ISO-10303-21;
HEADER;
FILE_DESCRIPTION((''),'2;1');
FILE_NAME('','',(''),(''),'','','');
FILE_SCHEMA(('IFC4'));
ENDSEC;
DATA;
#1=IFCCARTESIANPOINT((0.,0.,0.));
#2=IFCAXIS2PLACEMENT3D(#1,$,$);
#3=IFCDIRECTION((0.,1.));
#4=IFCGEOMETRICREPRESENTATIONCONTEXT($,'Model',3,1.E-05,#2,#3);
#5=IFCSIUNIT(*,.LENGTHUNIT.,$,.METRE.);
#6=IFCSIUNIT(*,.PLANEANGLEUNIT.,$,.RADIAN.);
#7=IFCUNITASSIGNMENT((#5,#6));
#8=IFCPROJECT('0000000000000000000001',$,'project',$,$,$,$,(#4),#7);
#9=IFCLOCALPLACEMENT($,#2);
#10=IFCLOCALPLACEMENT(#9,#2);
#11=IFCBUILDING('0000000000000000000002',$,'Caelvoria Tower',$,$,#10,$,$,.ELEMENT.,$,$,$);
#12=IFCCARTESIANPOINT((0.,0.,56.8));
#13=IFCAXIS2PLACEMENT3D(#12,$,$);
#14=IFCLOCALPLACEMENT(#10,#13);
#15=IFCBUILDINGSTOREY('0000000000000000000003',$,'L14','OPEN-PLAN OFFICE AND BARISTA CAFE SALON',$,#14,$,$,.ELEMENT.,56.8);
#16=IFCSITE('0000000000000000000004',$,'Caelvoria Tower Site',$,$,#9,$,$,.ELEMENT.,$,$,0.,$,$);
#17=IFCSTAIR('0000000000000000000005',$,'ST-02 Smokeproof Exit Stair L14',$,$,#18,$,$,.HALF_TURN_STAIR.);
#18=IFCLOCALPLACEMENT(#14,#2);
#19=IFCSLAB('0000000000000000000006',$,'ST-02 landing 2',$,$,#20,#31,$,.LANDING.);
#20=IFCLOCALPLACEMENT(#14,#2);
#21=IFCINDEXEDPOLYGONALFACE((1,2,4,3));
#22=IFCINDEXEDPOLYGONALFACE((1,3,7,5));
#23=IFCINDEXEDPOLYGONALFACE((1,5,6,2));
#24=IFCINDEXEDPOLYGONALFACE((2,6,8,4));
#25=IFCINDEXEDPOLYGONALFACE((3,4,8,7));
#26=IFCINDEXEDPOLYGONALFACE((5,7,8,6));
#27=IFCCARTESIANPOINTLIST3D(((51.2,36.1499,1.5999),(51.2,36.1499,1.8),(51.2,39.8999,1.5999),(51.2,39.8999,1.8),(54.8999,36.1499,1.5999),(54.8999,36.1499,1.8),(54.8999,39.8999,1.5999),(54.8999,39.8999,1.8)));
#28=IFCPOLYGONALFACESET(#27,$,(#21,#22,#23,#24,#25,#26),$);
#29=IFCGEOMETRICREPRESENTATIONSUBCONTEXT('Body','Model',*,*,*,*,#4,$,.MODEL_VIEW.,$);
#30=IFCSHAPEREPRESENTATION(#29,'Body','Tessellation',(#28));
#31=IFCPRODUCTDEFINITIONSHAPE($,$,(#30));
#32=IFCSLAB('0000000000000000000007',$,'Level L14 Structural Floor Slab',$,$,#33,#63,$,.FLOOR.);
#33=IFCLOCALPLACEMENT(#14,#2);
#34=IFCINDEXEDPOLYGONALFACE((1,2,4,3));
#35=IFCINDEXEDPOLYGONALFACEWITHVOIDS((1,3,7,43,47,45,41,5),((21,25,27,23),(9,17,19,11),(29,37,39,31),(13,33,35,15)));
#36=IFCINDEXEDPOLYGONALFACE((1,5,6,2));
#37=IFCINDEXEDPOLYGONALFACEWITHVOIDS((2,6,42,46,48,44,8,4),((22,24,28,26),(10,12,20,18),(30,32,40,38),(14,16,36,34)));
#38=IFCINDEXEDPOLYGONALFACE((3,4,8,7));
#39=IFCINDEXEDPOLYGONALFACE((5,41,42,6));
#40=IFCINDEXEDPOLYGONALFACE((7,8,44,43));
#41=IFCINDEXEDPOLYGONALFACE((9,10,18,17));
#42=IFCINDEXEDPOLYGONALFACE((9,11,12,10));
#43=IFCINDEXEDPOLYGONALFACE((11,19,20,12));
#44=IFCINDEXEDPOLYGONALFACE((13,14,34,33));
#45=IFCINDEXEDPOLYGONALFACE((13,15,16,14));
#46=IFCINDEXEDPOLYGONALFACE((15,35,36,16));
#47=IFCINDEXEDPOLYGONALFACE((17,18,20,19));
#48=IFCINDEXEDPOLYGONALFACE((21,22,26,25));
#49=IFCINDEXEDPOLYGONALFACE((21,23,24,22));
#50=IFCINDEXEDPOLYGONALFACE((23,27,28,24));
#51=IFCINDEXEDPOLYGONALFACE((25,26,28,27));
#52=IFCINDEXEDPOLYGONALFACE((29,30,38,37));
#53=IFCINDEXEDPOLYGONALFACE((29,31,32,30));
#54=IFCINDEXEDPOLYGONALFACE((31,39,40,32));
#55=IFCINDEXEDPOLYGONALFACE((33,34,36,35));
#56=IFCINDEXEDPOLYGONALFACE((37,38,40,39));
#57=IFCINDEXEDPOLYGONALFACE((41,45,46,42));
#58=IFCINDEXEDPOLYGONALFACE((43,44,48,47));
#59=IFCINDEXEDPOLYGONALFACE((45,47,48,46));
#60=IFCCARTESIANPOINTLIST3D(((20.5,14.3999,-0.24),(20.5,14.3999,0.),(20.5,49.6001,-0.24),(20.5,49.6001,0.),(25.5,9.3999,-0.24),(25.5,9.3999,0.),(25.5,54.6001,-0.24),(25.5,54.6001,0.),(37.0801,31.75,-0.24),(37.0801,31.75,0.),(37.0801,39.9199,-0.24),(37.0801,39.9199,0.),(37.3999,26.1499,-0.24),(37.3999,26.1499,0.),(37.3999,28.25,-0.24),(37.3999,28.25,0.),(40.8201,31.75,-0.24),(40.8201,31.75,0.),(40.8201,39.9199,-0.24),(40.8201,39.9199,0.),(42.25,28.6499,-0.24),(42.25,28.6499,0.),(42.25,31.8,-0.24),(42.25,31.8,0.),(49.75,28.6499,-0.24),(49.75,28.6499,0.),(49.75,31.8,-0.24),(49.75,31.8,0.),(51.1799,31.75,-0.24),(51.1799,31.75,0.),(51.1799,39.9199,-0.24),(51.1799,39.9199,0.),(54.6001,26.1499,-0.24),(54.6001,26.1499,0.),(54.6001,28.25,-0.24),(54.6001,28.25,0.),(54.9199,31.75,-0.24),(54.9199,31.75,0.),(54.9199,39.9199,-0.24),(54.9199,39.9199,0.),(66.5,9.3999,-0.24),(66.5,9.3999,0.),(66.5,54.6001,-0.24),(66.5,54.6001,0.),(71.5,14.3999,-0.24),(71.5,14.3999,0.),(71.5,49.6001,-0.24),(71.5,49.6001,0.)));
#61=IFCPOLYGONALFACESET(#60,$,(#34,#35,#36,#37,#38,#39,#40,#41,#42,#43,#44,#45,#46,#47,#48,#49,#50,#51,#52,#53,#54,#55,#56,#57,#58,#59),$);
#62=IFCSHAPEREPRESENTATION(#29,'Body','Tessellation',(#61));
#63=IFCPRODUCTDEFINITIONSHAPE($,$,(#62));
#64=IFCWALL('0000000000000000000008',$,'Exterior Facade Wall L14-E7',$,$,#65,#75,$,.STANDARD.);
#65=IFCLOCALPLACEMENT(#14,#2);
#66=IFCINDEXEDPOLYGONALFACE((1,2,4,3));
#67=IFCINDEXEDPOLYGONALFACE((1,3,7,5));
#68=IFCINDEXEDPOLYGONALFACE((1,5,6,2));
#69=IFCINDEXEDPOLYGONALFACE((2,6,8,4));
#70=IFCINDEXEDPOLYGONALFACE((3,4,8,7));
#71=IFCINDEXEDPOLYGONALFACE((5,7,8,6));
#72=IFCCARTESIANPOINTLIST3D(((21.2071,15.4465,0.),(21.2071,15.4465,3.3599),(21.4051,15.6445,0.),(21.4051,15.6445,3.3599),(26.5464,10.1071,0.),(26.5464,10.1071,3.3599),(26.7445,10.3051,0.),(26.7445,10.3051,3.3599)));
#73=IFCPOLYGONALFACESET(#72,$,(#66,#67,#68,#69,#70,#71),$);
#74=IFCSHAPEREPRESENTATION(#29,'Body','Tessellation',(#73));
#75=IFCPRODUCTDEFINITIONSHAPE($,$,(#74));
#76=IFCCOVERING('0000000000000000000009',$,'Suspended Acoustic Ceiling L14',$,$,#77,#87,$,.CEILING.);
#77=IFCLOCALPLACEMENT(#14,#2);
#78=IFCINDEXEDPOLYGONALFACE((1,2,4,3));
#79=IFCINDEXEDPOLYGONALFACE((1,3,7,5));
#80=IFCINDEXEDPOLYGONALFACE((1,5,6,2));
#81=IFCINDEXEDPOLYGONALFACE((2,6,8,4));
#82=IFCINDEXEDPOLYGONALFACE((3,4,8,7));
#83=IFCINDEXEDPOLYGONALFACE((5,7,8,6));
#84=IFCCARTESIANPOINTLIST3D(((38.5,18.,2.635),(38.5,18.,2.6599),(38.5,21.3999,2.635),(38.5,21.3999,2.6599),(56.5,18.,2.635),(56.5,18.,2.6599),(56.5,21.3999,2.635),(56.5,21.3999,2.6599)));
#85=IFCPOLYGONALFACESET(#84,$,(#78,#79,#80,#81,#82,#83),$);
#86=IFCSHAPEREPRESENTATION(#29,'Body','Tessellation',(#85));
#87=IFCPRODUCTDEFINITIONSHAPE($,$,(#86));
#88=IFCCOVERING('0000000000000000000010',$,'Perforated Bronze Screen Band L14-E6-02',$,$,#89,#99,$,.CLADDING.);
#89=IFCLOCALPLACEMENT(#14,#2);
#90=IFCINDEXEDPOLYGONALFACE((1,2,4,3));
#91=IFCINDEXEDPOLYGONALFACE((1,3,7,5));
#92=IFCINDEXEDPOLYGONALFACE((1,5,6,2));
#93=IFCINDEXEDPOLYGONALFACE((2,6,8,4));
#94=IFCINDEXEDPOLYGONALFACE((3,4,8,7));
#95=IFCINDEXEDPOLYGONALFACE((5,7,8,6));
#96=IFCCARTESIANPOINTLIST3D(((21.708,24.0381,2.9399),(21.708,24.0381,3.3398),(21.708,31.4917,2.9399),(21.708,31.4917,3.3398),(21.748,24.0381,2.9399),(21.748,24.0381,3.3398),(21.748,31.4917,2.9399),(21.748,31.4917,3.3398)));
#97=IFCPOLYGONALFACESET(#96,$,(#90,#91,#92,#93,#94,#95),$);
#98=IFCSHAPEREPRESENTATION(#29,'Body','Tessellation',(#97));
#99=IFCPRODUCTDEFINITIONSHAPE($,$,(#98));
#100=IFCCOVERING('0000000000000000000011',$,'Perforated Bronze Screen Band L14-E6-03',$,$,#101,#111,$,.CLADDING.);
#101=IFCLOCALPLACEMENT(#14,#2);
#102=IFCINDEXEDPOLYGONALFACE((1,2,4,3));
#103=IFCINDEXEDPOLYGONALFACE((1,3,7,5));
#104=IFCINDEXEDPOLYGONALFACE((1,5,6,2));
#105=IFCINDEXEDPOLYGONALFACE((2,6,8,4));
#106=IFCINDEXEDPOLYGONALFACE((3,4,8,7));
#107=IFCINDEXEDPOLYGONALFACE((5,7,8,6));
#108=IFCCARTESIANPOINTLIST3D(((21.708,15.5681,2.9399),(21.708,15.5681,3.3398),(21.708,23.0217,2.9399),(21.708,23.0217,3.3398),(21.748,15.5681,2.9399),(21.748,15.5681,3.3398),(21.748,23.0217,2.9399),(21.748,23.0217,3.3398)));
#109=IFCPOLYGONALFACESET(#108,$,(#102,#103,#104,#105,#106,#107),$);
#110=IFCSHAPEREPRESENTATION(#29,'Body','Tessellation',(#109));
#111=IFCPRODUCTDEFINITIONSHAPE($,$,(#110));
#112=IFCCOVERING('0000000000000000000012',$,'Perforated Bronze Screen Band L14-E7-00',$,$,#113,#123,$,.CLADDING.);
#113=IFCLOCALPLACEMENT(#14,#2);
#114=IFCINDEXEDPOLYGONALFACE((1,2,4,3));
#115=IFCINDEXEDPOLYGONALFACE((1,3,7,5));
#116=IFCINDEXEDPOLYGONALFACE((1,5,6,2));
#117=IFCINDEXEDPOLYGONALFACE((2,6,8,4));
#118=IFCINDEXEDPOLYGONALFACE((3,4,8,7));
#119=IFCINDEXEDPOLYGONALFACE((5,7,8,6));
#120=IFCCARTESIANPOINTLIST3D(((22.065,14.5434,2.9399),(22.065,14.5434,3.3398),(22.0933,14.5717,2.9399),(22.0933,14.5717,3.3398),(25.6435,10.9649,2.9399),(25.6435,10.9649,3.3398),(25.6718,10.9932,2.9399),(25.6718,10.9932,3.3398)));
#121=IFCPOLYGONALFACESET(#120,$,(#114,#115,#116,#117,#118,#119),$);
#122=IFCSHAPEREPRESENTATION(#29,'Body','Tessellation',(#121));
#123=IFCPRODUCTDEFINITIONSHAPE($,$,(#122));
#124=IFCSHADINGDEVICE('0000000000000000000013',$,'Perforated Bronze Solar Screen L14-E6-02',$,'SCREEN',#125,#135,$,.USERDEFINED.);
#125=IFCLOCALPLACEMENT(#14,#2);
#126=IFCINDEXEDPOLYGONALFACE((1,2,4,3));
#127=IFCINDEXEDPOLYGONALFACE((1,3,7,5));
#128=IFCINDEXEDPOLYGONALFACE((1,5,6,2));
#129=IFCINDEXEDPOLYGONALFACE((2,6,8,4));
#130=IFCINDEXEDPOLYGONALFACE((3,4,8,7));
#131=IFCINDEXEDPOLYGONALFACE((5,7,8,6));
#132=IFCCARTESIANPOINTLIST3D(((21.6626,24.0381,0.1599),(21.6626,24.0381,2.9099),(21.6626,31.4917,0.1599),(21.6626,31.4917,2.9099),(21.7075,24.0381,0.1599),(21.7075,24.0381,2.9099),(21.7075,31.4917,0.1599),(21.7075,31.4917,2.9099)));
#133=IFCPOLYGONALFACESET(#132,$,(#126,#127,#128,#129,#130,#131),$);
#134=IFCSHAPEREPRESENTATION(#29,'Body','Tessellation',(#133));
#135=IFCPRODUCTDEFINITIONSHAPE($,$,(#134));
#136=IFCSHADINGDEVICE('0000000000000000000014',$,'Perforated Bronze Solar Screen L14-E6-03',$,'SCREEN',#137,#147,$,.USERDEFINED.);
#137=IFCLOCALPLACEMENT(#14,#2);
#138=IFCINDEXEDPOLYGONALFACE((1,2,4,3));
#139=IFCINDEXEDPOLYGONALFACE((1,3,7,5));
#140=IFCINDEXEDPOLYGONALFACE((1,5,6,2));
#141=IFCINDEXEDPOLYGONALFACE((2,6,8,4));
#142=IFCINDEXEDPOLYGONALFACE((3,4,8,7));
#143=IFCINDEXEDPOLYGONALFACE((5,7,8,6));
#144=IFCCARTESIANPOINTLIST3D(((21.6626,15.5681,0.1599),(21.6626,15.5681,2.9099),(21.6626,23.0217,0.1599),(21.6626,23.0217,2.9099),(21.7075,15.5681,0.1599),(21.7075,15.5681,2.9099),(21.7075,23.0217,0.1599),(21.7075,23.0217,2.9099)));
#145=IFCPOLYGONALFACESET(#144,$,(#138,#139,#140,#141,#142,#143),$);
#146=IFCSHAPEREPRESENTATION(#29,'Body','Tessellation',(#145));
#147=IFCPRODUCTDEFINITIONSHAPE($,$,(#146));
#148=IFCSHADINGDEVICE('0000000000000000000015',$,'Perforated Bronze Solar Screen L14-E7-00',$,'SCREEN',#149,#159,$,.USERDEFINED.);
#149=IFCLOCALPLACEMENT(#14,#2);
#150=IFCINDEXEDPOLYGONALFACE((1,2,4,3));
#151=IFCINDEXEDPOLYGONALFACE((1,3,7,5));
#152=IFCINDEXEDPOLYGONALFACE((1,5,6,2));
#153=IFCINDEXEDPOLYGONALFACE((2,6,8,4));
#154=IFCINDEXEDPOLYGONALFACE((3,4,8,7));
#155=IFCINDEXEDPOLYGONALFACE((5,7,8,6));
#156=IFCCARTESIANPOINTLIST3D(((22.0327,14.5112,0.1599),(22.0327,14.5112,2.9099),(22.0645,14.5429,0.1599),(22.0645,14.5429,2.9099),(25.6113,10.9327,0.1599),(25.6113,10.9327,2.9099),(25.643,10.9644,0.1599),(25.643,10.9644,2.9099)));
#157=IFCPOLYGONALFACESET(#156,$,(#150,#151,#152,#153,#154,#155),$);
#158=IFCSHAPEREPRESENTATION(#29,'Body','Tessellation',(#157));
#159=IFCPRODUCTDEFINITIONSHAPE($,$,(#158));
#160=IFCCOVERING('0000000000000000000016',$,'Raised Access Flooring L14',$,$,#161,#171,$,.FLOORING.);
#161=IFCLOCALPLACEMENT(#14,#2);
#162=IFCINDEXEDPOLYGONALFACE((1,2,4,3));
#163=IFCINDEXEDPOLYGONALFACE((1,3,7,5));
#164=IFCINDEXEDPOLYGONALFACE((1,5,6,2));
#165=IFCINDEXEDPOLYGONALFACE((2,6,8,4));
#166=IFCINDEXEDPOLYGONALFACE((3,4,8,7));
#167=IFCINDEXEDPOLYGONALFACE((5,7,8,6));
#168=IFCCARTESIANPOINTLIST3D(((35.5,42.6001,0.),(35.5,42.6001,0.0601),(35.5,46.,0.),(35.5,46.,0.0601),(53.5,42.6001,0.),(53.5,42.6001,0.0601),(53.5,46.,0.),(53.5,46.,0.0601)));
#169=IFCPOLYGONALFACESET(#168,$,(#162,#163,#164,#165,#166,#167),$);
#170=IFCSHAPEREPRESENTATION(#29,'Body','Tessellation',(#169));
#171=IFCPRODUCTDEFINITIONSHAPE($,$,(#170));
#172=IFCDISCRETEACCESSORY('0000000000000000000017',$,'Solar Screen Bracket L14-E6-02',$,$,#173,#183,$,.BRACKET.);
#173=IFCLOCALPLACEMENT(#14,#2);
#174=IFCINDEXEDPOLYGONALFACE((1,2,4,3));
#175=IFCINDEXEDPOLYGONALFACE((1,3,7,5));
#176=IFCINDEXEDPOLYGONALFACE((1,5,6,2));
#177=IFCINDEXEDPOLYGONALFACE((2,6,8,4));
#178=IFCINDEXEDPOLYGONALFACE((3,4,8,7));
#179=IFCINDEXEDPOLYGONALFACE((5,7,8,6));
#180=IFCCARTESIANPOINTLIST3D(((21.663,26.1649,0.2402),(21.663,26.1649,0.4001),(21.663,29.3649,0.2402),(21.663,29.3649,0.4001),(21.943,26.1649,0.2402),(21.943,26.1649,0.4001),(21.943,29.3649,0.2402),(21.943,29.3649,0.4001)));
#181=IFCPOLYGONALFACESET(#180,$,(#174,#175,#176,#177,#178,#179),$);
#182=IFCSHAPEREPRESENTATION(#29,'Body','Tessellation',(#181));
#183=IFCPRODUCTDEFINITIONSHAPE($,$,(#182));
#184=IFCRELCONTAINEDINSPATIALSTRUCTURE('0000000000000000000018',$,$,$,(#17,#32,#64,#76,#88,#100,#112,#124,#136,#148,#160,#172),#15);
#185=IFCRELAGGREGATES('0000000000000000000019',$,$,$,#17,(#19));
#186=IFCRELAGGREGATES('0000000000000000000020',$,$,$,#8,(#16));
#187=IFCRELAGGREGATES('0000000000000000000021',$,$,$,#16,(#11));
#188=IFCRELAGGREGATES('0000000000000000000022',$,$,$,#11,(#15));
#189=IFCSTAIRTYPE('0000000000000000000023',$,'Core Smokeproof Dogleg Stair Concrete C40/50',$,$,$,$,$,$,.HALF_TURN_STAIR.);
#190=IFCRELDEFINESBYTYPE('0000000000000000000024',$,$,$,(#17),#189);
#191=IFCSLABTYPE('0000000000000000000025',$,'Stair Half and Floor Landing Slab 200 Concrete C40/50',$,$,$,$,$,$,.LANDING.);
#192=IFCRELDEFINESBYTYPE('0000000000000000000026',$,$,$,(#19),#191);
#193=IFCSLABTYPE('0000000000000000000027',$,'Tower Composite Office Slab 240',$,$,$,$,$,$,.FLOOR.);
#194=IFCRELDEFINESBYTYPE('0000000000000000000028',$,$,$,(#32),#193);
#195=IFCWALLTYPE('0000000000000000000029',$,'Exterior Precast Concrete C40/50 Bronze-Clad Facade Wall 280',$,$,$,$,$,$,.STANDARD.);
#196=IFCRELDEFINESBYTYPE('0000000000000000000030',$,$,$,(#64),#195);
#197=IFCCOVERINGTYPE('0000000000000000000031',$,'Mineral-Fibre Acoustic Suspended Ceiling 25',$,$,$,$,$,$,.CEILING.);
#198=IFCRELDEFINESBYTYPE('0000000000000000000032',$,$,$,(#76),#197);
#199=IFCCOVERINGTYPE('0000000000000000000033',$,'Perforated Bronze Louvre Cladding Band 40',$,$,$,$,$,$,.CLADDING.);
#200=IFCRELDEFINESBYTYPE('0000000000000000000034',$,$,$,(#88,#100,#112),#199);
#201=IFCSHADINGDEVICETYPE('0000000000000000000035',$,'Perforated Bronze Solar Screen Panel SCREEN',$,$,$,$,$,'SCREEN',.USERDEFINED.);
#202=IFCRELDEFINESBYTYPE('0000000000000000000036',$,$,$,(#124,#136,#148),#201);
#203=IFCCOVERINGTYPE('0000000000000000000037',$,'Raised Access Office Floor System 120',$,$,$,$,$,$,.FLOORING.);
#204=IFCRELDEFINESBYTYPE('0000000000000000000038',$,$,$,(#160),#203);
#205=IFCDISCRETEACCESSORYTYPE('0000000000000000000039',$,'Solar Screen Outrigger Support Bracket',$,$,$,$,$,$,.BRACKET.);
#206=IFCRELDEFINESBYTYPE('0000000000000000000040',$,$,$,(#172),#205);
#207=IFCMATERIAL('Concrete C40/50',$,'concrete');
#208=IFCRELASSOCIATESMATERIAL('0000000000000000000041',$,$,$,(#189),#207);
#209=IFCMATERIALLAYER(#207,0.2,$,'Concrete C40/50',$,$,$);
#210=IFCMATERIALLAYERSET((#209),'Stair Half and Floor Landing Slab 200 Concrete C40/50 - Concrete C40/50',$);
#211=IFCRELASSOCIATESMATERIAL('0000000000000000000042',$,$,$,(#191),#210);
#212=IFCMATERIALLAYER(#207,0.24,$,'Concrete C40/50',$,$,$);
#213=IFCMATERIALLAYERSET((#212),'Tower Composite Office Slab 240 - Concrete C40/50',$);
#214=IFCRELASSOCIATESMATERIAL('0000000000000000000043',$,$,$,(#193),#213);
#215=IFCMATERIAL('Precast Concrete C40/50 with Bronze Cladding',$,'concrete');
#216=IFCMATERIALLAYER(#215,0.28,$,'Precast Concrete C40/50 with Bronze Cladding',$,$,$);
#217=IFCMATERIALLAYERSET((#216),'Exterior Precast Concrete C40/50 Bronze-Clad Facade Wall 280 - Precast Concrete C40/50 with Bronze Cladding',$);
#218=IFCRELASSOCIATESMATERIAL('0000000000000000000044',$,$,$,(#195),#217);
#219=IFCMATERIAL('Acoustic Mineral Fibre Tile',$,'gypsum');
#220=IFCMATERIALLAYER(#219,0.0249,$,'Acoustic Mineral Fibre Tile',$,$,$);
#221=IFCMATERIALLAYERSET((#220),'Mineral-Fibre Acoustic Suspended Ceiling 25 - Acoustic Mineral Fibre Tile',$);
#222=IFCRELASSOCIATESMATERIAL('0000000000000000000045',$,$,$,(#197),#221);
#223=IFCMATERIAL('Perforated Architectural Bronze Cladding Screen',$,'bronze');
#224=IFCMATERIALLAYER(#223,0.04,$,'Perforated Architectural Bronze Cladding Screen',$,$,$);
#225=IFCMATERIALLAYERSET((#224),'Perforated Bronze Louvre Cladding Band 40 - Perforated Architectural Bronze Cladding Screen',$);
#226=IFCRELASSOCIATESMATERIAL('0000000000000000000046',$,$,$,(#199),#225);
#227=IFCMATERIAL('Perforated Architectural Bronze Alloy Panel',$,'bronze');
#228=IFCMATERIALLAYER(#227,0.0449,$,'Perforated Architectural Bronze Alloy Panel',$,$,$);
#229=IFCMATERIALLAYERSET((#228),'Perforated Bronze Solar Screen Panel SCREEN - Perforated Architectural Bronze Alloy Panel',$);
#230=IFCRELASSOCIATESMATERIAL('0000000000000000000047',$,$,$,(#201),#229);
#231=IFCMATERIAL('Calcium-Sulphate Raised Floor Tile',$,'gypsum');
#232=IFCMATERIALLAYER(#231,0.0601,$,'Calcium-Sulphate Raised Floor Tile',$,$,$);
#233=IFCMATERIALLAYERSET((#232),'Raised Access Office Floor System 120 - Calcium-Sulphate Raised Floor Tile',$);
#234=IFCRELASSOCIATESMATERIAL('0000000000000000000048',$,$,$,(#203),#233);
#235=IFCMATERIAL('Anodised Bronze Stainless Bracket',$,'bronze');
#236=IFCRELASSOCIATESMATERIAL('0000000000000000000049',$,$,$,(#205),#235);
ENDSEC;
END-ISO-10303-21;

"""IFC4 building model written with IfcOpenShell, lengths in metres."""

from ifc_helpers import new_model, si_unit, direction, frame, frame_2d, origin, origin_2d, place, context, subcontext, project, spatial, polyline, rectangle, outline, extrude, material, layer, layer_set, type_object, element, aggregate, save


model = new_model("IFC4")

# Units and contexts
model_context = context("Model", 3, precision=1e-05, world=origin(), true_north=direction((0.0, 1.0)))
body_context = subcontext(model_context, "Body", "Model", "MODEL_VIEW")
ifc_project = project(units=[si_unit("LENGTHUNIT", "METRE"), si_unit("PLANEANGLEUNIT", "RADIAN")], contexts=[model_context])

# Site, building, storey
site_placement = place(None, origin())
site = spatial("IfcSite", under=ifc_project, at=site_placement, Name="Caelvoria Tower Site", CompositionType="ELEMENT", RefElevation=0.0)
building_placement = place(site_placement, origin())
building = spatial("IfcBuilding", under=site, at=building_placement, Name="Caelvoria Tower", CompositionType="ELEMENT")
storey_placement = place(building_placement, frame((0.0, 0.0, 56.8)))
storey = spatial("IfcBuildingStorey", under=building, at=storey_placement, Name="L14", Description="OPEN-PLAN OFFICE AND BARISTA CAFE SALON", CompositionType="ELEMENT", Elevation=56.8)

# Stair, slab
ifc_material_1 = material(Name="Concrete C40/50", Category="concrete")
stair_type = type_object("IfcStairType", Name="Core Smokeproof Dogleg Stair Concrete C40/50", PredefinedType="HALF_TURN_STAIR", material=ifc_material_1)
ifc_layer_1 = layer(ifc_material_1, 0.2, Name="Concrete C40/50")
ifc_layer_set_1 = layer_set([ifc_layer_1], Name="Stair Half and Floor Landing Slab 200 Concrete C40/50 - Concrete C40/50")
slab_type_1 = type_object("IfcSlabType", Name="Stair Half and Floor Landing Slab 200 Concrete C40/50", PredefinedType="LANDING", material=ifc_layer_set_1)
stair_1_placement = place(storey_placement, origin())
stair_1 = element("IfcStair", 1, at=stair_1_placement, inside=storey, type_object=stair_type, Name="ST-02 Smokeproof Exit Stair L14", PredefinedType="HALF_TURN_STAIR")
slab_1_placement = place(storey_placement, frame((0.0, 0.0, 1.5999)))
slab_1 = element("IfcSlab", 2, at=slab_1_placement, type_object=slab_type_1, Name="ST-02 landing 2", PredefinedType="LANDING", context=body_context, shape_type="SweptSolid", body=[
    extrude(outline(polyline([(51.2, 36.1499), (54.8999, 36.1499), (54.8999, 39.8999), (51.2, 39.8999), (51.2, 36.1499)])), origin(), (0.0, 0.0, 1.0), 0.2002),
])
aggregate(stair_1, [slab_1])

# Slab
ifc_layer_2 = layer(ifc_material_1, 0.24, Name="Concrete C40/50")
ifc_layer_set_2 = layer_set([ifc_layer_2], Name="Tower Composite Office Slab 240 - Concrete C40/50")
slab_type_2 = type_object("IfcSlabType", Name="Tower Composite Office Slab 240", PredefinedType="FLOOR", material=ifc_layer_set_2)
slab_2_placement = place(storey_placement, frame((0.0, 0.0, -0.24)))
element("IfcSlab", 3, at=slab_2_placement, inside=storey, type_object=slab_type_2, Name="Level L14 Structural Floor Slab", PredefinedType="FLOOR", context=body_context, shape_type="SweptSolid", body=[
    extrude(outline(polyline([(25.5, 9.3999), (66.5, 9.3999), (71.5, 14.3999), (71.5, 49.6001), (66.5, 54.6001), (25.5, 54.6001), (20.5, 49.6001), (20.5, 14.3999), (25.5, 9.3999)]), holes=[polyline([(37.0801, 31.75), (40.8201, 31.75), (40.8201, 39.9199), (37.0801, 39.9199), (37.0801, 31.75)]), polyline([(51.1799, 31.75), (54.9199, 31.75), (54.9199, 39.9199), (51.1799, 39.9199), (51.1799, 31.75)]), polyline([(42.25, 28.6499), (49.75, 28.6499), (49.75, 31.8), (42.25, 31.8), (42.25, 28.6499)]), polyline([(37.3999, 26.1499), (54.6001, 26.1499), (54.6001, 28.25), (37.3999, 28.25), (37.3999, 26.1499)])]), origin(), (0.0, 0.0, 1.0), 0.24),
])

# Wall
ifc_material_2 = material(Name="Precast Concrete C40/50 with Bronze Cladding", Category="concrete")
ifc_layer_3 = layer(ifc_material_2, 0.28, Name="Precast Concrete C40/50 with Bronze Cladding")
ifc_layer_set_3 = layer_set([ifc_layer_3], Name="Exterior Precast Concrete C40/50 Bronze-Clad Facade Wall 280 - Precast Concrete C40/50 with Bronze Cladding")
wall_type = type_object("IfcWallType", Name="Exterior Precast Concrete C40/50 Bronze-Clad Facade Wall 280", PredefinedType="STANDARD", material=ifc_layer_set_3)
wall_placement = place(storey_placement, frame((21.3062, 15.5454, 0.0), z_axis=(0.0, 0.0, 1.0), x_axis=(0.707107, -0.707107, 0.0)))
element("IfcWall", 4, at=wall_placement, inside=storey, type_object=wall_type, Name="Exterior Facade Wall L14-E7", PredefinedType="STANDARD", context=body_context, shape_type="SweptSolid", body=[
    extrude(rectangle(XDim=7.551, YDim=0.28, at=frame_2d((3.7754, 0.0))), origin(), (0.0, 0.0, 1.0), 3.3599),
])

# Coverings
ifc_material_3 = material(Name="Acoustic Mineral Fibre Tile", Category="gypsum")
ifc_layer_4 = layer(ifc_material_3, 0.0249, Name="Acoustic Mineral Fibre Tile")
ifc_layer_set_4 = layer_set([ifc_layer_4], Name="Mineral-Fibre Acoustic Suspended Ceiling 25 - Acoustic Mineral Fibre Tile")
covering_type_1 = type_object("IfcCoveringType", Name="Mineral-Fibre Acoustic Suspended Ceiling 25", PredefinedType="CEILING", material=ifc_layer_set_4)
covering_1_placement = place(storey_placement, frame((0.0, 0.0, 2.635)))
element("IfcCovering", 5, at=covering_1_placement, inside=storey, type_object=covering_type_1, Name="Suspended Acoustic Ceiling L14", PredefinedType="CEILING", context=body_context, shape_type="SweptSolid", body=[
    extrude(outline(polyline([(38.5, 18.0), (56.5, 18.0), (56.5, 21.3999), (38.5, 21.3999), (38.5, 18.0)])), origin(), (0.0, 0.0, 1.0), 0.0249),
])
ifc_material_4 = material(Name="Perforated Architectural Bronze Cladding Screen", Category="bronze")
ifc_layer_5 = layer(ifc_material_4, 0.04, Name="Perforated Architectural Bronze Cladding Screen")
ifc_layer_set_5 = layer_set([ifc_layer_5], Name="Perforated Bronze Louvre Cladding Band 40 - Perforated Architectural Bronze Cladding Screen")
covering_type_2 = type_object("IfcCoveringType", Name="Perforated Bronze Louvre Cladding Band 40", PredefinedType="CLADDING", material=ifc_layer_set_5)
for number, where, z_axis, x_axis, name in (
    (6, (21.728, 27.7649, 2.9399), (0.0, 0.0, 1.0), (0.0, -1.0, 0.0), "Perforated Bronze Screen Band L14-E6-02"),
    (7, (21.728, 19.2949, 2.9399), (0.0, 0.0, 1.0), (0.0, -1.0, 0.0), "Perforated Bronze Screen Band L14-E6-03"),
):
    element("IfcCovering", number, at=place(storey_placement, frame(where, z_axis=z_axis, x_axis=x_axis)), inside=storey, type_object=covering_type_2, Name=name, PredefinedType="CLADDING", context=body_context, shape_type="SweptSolid", body=[
        extrude(rectangle(XDim=7.4536, YDim=0.04, at=origin_2d()), origin(), (0.0, 0.0, 1.0), 0.3999),
    ])
covering_2_placement = place(storey_placement, frame((23.8684, 12.7683, 2.9399), z_axis=(0.0, 0.0, 1.0), x_axis=(0.707107, -0.707107, 0.0)))
element("IfcCovering", 8, at=covering_2_placement, inside=storey, type_object=covering_type_2, Name="Perforated Bronze Screen Band L14-E7-00", PredefinedType="CLADDING", context=body_context, shape_type="SweptSolid", body=[
    extrude(rectangle(XDim=5.0608, YDim=0.04, at=origin_2d()), origin(), (0.0, 0.0, 1.0), 0.3999),
])

# Shading devices
ifc_material_5 = material(Name="Perforated Architectural Bronze Alloy Panel", Category="bronze")
ifc_layer_6 = layer(ifc_material_5, 0.0449, Name="Perforated Architectural Bronze Alloy Panel")
ifc_layer_set_6 = layer_set([ifc_layer_6], Name="Perforated Bronze Solar Screen Panel SCREEN - Perforated Architectural Bronze Alloy Panel")
shading_device_type = type_object("IfcShadingDeviceType", Name="Perforated Bronze Solar Screen Panel SCREEN", ElementType="SCREEN", PredefinedType="USERDEFINED", material=ifc_layer_set_6)
for number, where, z_axis, x_axis, name in (
    (9, (21.6851, 27.7649, 0.1599), (0.0, 0.0, 1.0), (0.0, -1.0, 0.0), "Perforated Bronze Solar Screen L14-E6-02"),
    (10, (21.6851, 19.2949, 0.1599), (0.0, 0.0, 1.0), (0.0, -1.0, 0.0), "Perforated Bronze Solar Screen L14-E6-03"),
):
    element("IfcShadingDevice", number, at=place(storey_placement, frame(where, z_axis=z_axis, x_axis=x_axis)), inside=storey, type_object=shading_device_type, Name=name, ObjectType="SCREEN", PredefinedType="USERDEFINED", context=body_context, shape_type="SweptSolid", body=[
        extrude(rectangle(XDim=7.4536, YDim=0.0449, at=origin_2d()), origin(), (0.0, 0.0, 1.0), 2.75),
    ])
shading_device_placement = place(storey_placement, frame((23.8379, 12.7378, 0.1599), z_axis=(0.0, 0.0, 1.0), x_axis=(0.707107, -0.707107, 0.0)))
element("IfcShadingDevice", 11, at=shading_device_placement, inside=storey, type_object=shading_device_type, Name="Perforated Bronze Solar Screen L14-E7-00", ObjectType="SCREEN", PredefinedType="USERDEFINED", context=body_context, shape_type="SweptSolid", body=[
    extrude(rectangle(XDim=5.0608, YDim=0.0449, at=origin_2d()), origin(), (0.0, 0.0, 1.0), 2.75),
])

# Covering
ifc_material_6 = material(Name="Calcium-Sulphate Raised Floor Tile", Category="gypsum")
ifc_layer_7 = layer(ifc_material_6, 0.0601, Name="Calcium-Sulphate Raised Floor Tile")
ifc_layer_set_7 = layer_set([ifc_layer_7], Name="Raised Access Office Floor System 120 - Calcium-Sulphate Raised Floor Tile")
covering_type_3 = type_object("IfcCoveringType", Name="Raised Access Office Floor System 120", PredefinedType="FLOORING", material=ifc_layer_set_7)
covering_3_placement = place(storey_placement, origin())
element("IfcCovering", 12, at=covering_3_placement, inside=storey, type_object=covering_type_3, Name="Raised Access Flooring L14", PredefinedType="FLOORING", context=body_context, shape_type="SweptSolid", body=[
    extrude(outline(polyline([(35.5, 42.6001), (53.5, 42.6001), (53.5, 46.0), (35.5, 46.0), (35.5, 42.6001)])), origin(), (0.0, 0.0, 1.0), 0.0601),
])

# Discrete accessory
ifc_material_7 = material(Name="Anodised Bronze Stainless Bracket", Category="bronze")
discrete_accessory_type = type_object("IfcDiscreteAccessoryType", Name="Solar Screen Outrigger Support Bracket", PredefinedType="BRACKET", material=ifc_material_7)
for number, where, z_axis, x_axis, name in (
    (13, (21.803, 27.7649, 0.2402), (0.0, 0.0, 1.0), (0.0, -1.0, 0.0), "Solar Screen Bracket L14-E6-02"),
):
    element("IfcDiscreteAccessory", number, at=place(storey_placement, frame(where, z_axis=z_axis, x_axis=x_axis)), inside=storey, type_object=discrete_accessory_type, Name=name, PredefinedType="BRACKET", context=body_context, shape_type="SweptSolid", body=[
        extrude(rectangle(XDim=3.2, YDim=0.28, at=origin_2d()), origin(), (0.0, 0.0, 1.0), 0.1599),
    ])

save(model, "model.ifc")
